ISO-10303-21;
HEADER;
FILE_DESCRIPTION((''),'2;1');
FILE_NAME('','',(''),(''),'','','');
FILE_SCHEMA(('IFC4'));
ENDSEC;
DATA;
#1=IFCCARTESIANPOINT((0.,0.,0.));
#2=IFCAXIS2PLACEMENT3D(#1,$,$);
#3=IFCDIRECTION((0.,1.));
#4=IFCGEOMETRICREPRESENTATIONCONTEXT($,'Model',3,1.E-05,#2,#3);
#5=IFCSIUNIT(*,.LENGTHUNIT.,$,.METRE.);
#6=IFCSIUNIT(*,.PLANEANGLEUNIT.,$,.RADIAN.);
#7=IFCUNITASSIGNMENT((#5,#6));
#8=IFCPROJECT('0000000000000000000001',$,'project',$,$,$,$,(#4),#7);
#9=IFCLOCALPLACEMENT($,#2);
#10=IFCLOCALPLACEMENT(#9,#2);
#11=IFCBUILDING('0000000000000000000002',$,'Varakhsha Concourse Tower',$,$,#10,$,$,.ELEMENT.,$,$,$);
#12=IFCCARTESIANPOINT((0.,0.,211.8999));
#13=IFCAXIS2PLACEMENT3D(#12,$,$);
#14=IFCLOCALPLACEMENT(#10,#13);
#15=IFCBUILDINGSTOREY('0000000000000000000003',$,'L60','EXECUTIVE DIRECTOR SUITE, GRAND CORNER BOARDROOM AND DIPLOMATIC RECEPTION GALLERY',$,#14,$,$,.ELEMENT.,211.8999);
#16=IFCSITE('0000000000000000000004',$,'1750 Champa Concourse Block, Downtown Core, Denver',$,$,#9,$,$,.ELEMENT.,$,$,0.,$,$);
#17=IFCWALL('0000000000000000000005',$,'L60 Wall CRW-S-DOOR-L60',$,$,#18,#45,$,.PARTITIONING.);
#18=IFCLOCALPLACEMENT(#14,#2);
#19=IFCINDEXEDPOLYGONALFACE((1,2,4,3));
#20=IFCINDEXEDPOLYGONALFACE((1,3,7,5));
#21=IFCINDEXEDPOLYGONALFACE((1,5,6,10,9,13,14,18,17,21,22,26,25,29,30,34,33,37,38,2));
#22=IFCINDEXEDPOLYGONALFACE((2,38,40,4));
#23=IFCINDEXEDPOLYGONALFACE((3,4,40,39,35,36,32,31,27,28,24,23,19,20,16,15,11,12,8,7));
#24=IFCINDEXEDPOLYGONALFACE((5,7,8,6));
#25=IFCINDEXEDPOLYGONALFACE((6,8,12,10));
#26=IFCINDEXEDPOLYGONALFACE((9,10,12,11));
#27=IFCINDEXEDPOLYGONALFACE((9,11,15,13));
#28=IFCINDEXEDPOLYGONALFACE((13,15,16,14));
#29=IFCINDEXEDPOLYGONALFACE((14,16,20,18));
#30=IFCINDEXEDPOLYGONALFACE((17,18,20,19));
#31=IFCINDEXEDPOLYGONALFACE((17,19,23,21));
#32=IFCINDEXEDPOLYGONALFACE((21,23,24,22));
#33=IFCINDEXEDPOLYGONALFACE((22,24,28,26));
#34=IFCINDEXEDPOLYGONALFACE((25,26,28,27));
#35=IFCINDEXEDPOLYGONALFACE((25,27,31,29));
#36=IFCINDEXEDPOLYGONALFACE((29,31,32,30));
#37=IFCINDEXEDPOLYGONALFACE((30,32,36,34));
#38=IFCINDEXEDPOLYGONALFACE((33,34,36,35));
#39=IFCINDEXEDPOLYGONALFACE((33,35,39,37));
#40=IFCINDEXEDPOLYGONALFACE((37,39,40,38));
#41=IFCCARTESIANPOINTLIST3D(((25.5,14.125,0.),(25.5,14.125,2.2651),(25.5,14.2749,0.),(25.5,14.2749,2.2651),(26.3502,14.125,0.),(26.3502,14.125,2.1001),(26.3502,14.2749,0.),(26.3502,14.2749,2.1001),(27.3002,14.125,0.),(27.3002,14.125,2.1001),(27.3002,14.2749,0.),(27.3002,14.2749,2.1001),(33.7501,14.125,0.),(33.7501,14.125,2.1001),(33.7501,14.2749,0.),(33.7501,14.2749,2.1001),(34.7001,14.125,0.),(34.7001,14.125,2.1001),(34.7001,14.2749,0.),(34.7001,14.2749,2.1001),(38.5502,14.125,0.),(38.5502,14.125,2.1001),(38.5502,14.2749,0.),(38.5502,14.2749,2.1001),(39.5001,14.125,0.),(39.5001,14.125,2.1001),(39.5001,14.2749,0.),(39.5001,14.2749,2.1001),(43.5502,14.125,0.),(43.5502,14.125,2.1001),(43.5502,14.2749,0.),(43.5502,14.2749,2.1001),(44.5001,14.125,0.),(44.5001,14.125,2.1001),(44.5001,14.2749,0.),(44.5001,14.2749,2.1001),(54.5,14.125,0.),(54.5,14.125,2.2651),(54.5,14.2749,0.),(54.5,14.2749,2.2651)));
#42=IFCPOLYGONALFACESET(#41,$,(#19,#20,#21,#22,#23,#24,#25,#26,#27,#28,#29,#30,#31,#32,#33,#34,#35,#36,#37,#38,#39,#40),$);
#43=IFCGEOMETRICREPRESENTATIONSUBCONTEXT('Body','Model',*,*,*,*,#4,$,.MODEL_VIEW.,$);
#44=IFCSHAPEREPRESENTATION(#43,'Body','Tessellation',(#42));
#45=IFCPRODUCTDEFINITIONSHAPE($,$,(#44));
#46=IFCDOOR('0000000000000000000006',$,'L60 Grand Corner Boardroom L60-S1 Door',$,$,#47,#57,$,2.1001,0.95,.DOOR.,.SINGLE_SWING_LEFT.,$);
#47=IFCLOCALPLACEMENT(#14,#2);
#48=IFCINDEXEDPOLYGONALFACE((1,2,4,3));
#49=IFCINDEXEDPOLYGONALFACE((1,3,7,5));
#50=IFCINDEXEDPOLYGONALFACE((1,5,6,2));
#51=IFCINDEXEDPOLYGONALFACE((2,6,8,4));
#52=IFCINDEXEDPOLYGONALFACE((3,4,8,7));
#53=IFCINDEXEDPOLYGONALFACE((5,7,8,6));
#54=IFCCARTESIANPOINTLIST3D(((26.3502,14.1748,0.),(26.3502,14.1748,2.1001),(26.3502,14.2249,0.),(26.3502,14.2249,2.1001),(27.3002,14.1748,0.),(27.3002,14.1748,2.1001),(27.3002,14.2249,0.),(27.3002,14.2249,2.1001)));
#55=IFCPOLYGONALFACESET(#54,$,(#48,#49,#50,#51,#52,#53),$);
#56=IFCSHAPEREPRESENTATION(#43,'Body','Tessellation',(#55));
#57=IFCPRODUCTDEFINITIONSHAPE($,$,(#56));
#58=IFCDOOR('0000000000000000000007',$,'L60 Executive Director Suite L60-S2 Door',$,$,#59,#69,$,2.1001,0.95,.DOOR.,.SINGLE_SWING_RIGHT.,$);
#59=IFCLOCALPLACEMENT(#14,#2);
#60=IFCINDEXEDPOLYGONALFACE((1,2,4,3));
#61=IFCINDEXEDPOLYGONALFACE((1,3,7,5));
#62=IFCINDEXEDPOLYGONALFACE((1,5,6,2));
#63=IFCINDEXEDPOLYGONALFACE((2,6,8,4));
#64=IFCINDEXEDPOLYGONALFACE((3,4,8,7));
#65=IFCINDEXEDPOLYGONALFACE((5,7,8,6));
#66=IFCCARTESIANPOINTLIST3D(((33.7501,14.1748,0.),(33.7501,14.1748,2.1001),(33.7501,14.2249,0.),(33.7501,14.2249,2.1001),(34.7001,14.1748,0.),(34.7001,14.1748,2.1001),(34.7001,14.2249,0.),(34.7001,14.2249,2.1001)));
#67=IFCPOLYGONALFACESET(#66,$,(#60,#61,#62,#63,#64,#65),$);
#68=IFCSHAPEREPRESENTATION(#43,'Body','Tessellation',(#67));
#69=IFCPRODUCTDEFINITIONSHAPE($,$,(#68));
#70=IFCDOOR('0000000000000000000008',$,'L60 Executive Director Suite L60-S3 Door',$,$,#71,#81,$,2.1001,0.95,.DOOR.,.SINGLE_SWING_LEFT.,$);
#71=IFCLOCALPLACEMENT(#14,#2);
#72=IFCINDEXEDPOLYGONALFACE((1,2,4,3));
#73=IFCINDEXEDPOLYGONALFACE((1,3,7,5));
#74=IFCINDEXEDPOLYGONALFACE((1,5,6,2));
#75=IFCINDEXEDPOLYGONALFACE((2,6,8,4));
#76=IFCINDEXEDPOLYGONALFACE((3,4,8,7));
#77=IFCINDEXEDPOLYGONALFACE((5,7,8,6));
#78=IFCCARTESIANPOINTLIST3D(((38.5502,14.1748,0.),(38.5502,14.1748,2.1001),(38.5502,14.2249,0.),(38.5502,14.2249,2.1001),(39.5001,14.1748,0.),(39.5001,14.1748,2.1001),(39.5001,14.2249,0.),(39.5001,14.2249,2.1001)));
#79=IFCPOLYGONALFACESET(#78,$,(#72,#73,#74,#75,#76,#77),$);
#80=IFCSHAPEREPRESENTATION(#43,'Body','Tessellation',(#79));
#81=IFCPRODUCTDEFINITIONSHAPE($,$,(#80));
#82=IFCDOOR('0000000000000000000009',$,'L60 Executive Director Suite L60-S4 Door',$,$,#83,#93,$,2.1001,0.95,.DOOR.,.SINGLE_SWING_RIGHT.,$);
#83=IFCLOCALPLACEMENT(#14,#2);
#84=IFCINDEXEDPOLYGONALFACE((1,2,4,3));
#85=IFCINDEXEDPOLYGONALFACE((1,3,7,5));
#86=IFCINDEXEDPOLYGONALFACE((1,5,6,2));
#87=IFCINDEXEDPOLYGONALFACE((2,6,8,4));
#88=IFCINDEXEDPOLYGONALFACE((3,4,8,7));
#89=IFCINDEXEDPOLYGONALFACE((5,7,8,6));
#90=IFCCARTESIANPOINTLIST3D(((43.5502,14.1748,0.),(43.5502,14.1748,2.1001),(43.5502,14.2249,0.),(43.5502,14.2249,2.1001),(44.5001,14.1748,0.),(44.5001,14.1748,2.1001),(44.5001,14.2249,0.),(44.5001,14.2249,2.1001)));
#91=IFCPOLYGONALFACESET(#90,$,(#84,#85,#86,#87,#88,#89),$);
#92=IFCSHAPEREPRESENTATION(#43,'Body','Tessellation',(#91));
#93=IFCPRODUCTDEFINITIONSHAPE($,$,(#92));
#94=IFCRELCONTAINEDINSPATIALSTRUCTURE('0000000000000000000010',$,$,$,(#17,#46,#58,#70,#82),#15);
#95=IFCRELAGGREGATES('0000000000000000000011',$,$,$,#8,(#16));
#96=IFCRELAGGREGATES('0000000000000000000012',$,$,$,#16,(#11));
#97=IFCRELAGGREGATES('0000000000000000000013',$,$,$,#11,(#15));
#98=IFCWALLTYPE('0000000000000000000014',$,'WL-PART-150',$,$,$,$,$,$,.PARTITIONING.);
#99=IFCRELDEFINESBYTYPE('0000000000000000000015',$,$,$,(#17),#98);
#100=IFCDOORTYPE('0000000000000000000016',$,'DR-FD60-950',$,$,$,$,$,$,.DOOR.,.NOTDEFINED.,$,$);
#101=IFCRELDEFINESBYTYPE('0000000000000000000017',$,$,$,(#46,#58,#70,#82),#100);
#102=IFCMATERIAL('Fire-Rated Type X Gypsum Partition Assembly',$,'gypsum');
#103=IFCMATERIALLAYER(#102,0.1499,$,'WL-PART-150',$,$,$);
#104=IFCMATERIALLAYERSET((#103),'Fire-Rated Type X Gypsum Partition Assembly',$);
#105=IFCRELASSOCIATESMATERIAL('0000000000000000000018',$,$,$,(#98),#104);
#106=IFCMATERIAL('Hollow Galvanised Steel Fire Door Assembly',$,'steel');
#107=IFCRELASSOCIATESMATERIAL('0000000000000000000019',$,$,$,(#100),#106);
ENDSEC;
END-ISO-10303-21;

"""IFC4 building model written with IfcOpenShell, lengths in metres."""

from ifc_helpers import new_model, si_unit, direction, frame, frame_2d, origin, place, context, subcontext, project, spatial, rectangle, extrude, material, layer, layer_set, type_object, element, fill, save


model = new_model("IFC4")

# Units and contexts
model_context = context("Model", 3, precision=1e-05, world=origin(), true_north=direction((0.0, 1.0)))
body_context = subcontext(model_context, "Body", "Model", "MODEL_VIEW")
ifc_project = project(units=[si_unit("LENGTHUNIT", "METRE"), si_unit("PLANEANGLEUNIT", "RADIAN")], contexts=[model_context])

# Site, building, storey
site_placement = place(None, origin())
site = spatial("IfcSite", under=ifc_project, at=site_placement, Name="1750 Champa Concourse Block, Downtown Core, Denver", CompositionType="ELEMENT", RefElevation=0.0)
building_placement = place(site_placement, origin())
building = spatial("IfcBuilding", under=site, at=building_placement, Name="Varakhsha Concourse Tower", CompositionType="ELEMENT")
storey_placement = place(building_placement, frame((0.0, 0.0, 211.8999)))
storey = spatial("IfcBuildingStorey", under=building, at=storey_placement, Name="L60", Description="EXECUTIVE DIRECTOR SUITE, GRAND CORNER BOARDROOM AND DIPLOMATIC RECEPTION GALLERY", CompositionType="ELEMENT", Elevation=211.8999)

# Wall, openings, doors
ifc_material_1 = material(Name="Fire-Rated Type X Gypsum Partition Assembly", Category="gypsum")
ifc_layer_1 = layer(ifc_material_1, 0.1499, Name="WL-PART-150")
ifc_layer_set_1 = layer_set([ifc_layer_1], Name="Fire-Rated Type X Gypsum Partition Assembly")
wall_type = type_object("IfcWallType", Name="WL-PART-150", PredefinedType="PARTITIONING", material=ifc_layer_set_1)
ifc_material_2 = material(Name="Hollow Galvanised Steel Fire Door Assembly", Category="steel")
door_type = type_object("IfcDoorType", Name="DR-FD60-950", OperationType="NOTDEFINED", PredefinedType="DOOR", material=ifc_material_2)
wall_1_placement = place(storey_placement, frame((25.5, 14.2, 0.0), z_axis=(0.0, 0.0, 1.0), x_axis=(1.0, 0.0, 0.0)))
wall_1 = element("IfcWall", 1, at=wall_1_placement, inside=storey, type_object=wall_type, Name="L60 Wall CRW-S-DOOR-L60", PredefinedType="PARTITIONING", context=body_context, shape_type="SweptSolid", body=[
    extrude(rectangle(XDim=29.0, YDim=0.1499, at=frame_2d((14.5, 0.0))), origin(), (0.0, 0.0, 1.0), 2.2651),
])
opening_1_placement = place(wall_1_placement, frame((0.8501, 0.0, 0.0)))
opening_1 = element("IfcOpeningElement", 2, at=opening_1_placement, cuts=wall_1, PredefinedType="OPENING", context=body_context, shape_type="SweptSolid", body=[
    extrude(rectangle(XDim=0.95, YDim=2.1001, at=frame_2d((0.4751, 1.05))), frame((0.0, 0.085, 0.0), z_axis=(0.0, -1.0, 0.0), x_axis=(1.0, 0.0, 0.0)), (0.0, 0.0, 1.0), 0.1699),
])
opening_2_placement = place(wall_1_placement, frame((8.25, 0.0, 0.0)))
opening_2 = element("IfcOpeningElement", 3, at=opening_2_placement, cuts=wall_1, PredefinedType="OPENING", context=body_context, shape_type="SweptSolid", body=[
    extrude(rectangle(XDim=0.95, YDim=2.1001, at=frame_2d((0.4751, 1.05))), frame((0.0, 0.085, 0.0), z_axis=(0.0, -1.0, 0.0), x_axis=(1.0, 0.0, 0.0)), (0.0, 0.0, 1.0), 0.1699),
])
opening_3_placement = place(wall_1_placement, frame((13.05, 0.0, 0.0)))
opening_3 = element("IfcOpeningElement", 4, at=opening_3_placement, cuts=wall_1, PredefinedType="OPENING", context=body_context, shape_type="SweptSolid", body=[
    extrude(rectangle(XDim=0.95, YDim=2.1001, at=frame_2d((0.4751, 1.05))), frame((0.0, 0.085, 0.0), z_axis=(0.0, -1.0, 0.0), x_axis=(1.0, 0.0, 0.0)), (0.0, 0.0, 1.0), 0.1699),
])
opening_4_placement = place(wall_1_placement, frame((18.05, 0.0, 0.0)))
opening_4 = element("IfcOpeningElement", 5, at=opening_4_placement, cuts=wall_1, PredefinedType="OPENING", context=body_context, shape_type="SweptSolid", body=[
    extrude(rectangle(XDim=0.95, YDim=2.1001, at=frame_2d((0.4751, 1.05))), frame((0.0, 0.085, 0.0), z_axis=(0.0, -1.0, 0.0), x_axis=(1.0, 0.0, 0.0)), (0.0, 0.0, 1.0), 0.1699),
])
door_1_placement = place(opening_1_placement, origin())
door_1 = element("IfcDoor", 6, at=door_1_placement, inside=storey, type_object=door_type, Name="L60 Grand Corner Boardroom L60-S1 Door", OperationType="SINGLE_SWING_LEFT", OverallHeight=2.1001, OverallWidth=0.95, PredefinedType="DOOR", context=body_context, shape_type="SweptSolid", body=[
    extrude(rectangle(XDim=0.95, YDim=2.1001, at=frame_2d((0.4751, 1.05))), frame((0.0, 0.0249, 0.0), z_axis=(0.0, -1.0, 0.0), x_axis=(1.0, 0.0, 0.0)), (0.0, 0.0, 1.0), 0.05),
])
fill(opening_1, door_1)
door_2_placement = place(opening_2_placement, origin())
door_2 = element("IfcDoor", 7, at=door_2_placement, inside=storey, type_object=door_type, Name="L60 Executive Director Suite L60-S2 Door", OperationType="SINGLE_SWING_RIGHT", OverallHeight=2.1001, OverallWidth=0.95, PredefinedType="DOOR", context=body_context, shape_type="SweptSolid", body=[
    extrude(rectangle(XDim=0.95, YDim=2.1001, at=frame_2d((0.4751, 1.05))), frame((0.0, 0.0249, 0.0), z_axis=(0.0, -1.0, 0.0), x_axis=(1.0, 0.0, 0.0)), (0.0, 0.0, 1.0), 0.05),
])
fill(opening_2, door_2)
door_3_placement = place(opening_3_placement, origin())
door_3 = element("IfcDoor", 8, at=door_3_placement, inside=storey, type_object=door_type, Name="L60 Executive Director Suite L60-S3 Door", OperationType="SINGLE_SWING_LEFT", OverallHeight=2.1001, OverallWidth=0.95, PredefinedType="DOOR", context=body_context, shape_type="SweptSolid", body=[
    extrude(rectangle(XDim=0.95, YDim=2.1001, at=frame_2d((0.4751, 1.05))), frame((0.0, 0.0249, 0.0), z_axis=(0.0, -1.0, 0.0), x_axis=(1.0, 0.0, 0.0)), (0.0, 0.0, 1.0), 0.05),
])
fill(opening_3, door_3)
door_4_placement = place(opening_4_placement, origin())
door_4 = element("IfcDoor", 9, at=door_4_placement, inside=storey, type_object=door_type, Name="L60 Executive Director Suite L60-S4 Door", OperationType="SINGLE_SWING_RIGHT", OverallHeight=2.1001, OverallWidth=0.95, PredefinedType="DOOR", context=body_context, shape_type="SweptSolid", body=[
    extrude(rectangle(XDim=0.95, YDim=2.1001, at=frame_2d((0.4751, 1.05))), frame((0.0, 0.0249, 0.0), z_axis=(0.0, -1.0, 0.0), x_axis=(1.0, 0.0, 0.0)), (0.0, 0.0, 1.0), 0.05),
])
fill(opening_4, door_4)

save(model, "model.ifc")
